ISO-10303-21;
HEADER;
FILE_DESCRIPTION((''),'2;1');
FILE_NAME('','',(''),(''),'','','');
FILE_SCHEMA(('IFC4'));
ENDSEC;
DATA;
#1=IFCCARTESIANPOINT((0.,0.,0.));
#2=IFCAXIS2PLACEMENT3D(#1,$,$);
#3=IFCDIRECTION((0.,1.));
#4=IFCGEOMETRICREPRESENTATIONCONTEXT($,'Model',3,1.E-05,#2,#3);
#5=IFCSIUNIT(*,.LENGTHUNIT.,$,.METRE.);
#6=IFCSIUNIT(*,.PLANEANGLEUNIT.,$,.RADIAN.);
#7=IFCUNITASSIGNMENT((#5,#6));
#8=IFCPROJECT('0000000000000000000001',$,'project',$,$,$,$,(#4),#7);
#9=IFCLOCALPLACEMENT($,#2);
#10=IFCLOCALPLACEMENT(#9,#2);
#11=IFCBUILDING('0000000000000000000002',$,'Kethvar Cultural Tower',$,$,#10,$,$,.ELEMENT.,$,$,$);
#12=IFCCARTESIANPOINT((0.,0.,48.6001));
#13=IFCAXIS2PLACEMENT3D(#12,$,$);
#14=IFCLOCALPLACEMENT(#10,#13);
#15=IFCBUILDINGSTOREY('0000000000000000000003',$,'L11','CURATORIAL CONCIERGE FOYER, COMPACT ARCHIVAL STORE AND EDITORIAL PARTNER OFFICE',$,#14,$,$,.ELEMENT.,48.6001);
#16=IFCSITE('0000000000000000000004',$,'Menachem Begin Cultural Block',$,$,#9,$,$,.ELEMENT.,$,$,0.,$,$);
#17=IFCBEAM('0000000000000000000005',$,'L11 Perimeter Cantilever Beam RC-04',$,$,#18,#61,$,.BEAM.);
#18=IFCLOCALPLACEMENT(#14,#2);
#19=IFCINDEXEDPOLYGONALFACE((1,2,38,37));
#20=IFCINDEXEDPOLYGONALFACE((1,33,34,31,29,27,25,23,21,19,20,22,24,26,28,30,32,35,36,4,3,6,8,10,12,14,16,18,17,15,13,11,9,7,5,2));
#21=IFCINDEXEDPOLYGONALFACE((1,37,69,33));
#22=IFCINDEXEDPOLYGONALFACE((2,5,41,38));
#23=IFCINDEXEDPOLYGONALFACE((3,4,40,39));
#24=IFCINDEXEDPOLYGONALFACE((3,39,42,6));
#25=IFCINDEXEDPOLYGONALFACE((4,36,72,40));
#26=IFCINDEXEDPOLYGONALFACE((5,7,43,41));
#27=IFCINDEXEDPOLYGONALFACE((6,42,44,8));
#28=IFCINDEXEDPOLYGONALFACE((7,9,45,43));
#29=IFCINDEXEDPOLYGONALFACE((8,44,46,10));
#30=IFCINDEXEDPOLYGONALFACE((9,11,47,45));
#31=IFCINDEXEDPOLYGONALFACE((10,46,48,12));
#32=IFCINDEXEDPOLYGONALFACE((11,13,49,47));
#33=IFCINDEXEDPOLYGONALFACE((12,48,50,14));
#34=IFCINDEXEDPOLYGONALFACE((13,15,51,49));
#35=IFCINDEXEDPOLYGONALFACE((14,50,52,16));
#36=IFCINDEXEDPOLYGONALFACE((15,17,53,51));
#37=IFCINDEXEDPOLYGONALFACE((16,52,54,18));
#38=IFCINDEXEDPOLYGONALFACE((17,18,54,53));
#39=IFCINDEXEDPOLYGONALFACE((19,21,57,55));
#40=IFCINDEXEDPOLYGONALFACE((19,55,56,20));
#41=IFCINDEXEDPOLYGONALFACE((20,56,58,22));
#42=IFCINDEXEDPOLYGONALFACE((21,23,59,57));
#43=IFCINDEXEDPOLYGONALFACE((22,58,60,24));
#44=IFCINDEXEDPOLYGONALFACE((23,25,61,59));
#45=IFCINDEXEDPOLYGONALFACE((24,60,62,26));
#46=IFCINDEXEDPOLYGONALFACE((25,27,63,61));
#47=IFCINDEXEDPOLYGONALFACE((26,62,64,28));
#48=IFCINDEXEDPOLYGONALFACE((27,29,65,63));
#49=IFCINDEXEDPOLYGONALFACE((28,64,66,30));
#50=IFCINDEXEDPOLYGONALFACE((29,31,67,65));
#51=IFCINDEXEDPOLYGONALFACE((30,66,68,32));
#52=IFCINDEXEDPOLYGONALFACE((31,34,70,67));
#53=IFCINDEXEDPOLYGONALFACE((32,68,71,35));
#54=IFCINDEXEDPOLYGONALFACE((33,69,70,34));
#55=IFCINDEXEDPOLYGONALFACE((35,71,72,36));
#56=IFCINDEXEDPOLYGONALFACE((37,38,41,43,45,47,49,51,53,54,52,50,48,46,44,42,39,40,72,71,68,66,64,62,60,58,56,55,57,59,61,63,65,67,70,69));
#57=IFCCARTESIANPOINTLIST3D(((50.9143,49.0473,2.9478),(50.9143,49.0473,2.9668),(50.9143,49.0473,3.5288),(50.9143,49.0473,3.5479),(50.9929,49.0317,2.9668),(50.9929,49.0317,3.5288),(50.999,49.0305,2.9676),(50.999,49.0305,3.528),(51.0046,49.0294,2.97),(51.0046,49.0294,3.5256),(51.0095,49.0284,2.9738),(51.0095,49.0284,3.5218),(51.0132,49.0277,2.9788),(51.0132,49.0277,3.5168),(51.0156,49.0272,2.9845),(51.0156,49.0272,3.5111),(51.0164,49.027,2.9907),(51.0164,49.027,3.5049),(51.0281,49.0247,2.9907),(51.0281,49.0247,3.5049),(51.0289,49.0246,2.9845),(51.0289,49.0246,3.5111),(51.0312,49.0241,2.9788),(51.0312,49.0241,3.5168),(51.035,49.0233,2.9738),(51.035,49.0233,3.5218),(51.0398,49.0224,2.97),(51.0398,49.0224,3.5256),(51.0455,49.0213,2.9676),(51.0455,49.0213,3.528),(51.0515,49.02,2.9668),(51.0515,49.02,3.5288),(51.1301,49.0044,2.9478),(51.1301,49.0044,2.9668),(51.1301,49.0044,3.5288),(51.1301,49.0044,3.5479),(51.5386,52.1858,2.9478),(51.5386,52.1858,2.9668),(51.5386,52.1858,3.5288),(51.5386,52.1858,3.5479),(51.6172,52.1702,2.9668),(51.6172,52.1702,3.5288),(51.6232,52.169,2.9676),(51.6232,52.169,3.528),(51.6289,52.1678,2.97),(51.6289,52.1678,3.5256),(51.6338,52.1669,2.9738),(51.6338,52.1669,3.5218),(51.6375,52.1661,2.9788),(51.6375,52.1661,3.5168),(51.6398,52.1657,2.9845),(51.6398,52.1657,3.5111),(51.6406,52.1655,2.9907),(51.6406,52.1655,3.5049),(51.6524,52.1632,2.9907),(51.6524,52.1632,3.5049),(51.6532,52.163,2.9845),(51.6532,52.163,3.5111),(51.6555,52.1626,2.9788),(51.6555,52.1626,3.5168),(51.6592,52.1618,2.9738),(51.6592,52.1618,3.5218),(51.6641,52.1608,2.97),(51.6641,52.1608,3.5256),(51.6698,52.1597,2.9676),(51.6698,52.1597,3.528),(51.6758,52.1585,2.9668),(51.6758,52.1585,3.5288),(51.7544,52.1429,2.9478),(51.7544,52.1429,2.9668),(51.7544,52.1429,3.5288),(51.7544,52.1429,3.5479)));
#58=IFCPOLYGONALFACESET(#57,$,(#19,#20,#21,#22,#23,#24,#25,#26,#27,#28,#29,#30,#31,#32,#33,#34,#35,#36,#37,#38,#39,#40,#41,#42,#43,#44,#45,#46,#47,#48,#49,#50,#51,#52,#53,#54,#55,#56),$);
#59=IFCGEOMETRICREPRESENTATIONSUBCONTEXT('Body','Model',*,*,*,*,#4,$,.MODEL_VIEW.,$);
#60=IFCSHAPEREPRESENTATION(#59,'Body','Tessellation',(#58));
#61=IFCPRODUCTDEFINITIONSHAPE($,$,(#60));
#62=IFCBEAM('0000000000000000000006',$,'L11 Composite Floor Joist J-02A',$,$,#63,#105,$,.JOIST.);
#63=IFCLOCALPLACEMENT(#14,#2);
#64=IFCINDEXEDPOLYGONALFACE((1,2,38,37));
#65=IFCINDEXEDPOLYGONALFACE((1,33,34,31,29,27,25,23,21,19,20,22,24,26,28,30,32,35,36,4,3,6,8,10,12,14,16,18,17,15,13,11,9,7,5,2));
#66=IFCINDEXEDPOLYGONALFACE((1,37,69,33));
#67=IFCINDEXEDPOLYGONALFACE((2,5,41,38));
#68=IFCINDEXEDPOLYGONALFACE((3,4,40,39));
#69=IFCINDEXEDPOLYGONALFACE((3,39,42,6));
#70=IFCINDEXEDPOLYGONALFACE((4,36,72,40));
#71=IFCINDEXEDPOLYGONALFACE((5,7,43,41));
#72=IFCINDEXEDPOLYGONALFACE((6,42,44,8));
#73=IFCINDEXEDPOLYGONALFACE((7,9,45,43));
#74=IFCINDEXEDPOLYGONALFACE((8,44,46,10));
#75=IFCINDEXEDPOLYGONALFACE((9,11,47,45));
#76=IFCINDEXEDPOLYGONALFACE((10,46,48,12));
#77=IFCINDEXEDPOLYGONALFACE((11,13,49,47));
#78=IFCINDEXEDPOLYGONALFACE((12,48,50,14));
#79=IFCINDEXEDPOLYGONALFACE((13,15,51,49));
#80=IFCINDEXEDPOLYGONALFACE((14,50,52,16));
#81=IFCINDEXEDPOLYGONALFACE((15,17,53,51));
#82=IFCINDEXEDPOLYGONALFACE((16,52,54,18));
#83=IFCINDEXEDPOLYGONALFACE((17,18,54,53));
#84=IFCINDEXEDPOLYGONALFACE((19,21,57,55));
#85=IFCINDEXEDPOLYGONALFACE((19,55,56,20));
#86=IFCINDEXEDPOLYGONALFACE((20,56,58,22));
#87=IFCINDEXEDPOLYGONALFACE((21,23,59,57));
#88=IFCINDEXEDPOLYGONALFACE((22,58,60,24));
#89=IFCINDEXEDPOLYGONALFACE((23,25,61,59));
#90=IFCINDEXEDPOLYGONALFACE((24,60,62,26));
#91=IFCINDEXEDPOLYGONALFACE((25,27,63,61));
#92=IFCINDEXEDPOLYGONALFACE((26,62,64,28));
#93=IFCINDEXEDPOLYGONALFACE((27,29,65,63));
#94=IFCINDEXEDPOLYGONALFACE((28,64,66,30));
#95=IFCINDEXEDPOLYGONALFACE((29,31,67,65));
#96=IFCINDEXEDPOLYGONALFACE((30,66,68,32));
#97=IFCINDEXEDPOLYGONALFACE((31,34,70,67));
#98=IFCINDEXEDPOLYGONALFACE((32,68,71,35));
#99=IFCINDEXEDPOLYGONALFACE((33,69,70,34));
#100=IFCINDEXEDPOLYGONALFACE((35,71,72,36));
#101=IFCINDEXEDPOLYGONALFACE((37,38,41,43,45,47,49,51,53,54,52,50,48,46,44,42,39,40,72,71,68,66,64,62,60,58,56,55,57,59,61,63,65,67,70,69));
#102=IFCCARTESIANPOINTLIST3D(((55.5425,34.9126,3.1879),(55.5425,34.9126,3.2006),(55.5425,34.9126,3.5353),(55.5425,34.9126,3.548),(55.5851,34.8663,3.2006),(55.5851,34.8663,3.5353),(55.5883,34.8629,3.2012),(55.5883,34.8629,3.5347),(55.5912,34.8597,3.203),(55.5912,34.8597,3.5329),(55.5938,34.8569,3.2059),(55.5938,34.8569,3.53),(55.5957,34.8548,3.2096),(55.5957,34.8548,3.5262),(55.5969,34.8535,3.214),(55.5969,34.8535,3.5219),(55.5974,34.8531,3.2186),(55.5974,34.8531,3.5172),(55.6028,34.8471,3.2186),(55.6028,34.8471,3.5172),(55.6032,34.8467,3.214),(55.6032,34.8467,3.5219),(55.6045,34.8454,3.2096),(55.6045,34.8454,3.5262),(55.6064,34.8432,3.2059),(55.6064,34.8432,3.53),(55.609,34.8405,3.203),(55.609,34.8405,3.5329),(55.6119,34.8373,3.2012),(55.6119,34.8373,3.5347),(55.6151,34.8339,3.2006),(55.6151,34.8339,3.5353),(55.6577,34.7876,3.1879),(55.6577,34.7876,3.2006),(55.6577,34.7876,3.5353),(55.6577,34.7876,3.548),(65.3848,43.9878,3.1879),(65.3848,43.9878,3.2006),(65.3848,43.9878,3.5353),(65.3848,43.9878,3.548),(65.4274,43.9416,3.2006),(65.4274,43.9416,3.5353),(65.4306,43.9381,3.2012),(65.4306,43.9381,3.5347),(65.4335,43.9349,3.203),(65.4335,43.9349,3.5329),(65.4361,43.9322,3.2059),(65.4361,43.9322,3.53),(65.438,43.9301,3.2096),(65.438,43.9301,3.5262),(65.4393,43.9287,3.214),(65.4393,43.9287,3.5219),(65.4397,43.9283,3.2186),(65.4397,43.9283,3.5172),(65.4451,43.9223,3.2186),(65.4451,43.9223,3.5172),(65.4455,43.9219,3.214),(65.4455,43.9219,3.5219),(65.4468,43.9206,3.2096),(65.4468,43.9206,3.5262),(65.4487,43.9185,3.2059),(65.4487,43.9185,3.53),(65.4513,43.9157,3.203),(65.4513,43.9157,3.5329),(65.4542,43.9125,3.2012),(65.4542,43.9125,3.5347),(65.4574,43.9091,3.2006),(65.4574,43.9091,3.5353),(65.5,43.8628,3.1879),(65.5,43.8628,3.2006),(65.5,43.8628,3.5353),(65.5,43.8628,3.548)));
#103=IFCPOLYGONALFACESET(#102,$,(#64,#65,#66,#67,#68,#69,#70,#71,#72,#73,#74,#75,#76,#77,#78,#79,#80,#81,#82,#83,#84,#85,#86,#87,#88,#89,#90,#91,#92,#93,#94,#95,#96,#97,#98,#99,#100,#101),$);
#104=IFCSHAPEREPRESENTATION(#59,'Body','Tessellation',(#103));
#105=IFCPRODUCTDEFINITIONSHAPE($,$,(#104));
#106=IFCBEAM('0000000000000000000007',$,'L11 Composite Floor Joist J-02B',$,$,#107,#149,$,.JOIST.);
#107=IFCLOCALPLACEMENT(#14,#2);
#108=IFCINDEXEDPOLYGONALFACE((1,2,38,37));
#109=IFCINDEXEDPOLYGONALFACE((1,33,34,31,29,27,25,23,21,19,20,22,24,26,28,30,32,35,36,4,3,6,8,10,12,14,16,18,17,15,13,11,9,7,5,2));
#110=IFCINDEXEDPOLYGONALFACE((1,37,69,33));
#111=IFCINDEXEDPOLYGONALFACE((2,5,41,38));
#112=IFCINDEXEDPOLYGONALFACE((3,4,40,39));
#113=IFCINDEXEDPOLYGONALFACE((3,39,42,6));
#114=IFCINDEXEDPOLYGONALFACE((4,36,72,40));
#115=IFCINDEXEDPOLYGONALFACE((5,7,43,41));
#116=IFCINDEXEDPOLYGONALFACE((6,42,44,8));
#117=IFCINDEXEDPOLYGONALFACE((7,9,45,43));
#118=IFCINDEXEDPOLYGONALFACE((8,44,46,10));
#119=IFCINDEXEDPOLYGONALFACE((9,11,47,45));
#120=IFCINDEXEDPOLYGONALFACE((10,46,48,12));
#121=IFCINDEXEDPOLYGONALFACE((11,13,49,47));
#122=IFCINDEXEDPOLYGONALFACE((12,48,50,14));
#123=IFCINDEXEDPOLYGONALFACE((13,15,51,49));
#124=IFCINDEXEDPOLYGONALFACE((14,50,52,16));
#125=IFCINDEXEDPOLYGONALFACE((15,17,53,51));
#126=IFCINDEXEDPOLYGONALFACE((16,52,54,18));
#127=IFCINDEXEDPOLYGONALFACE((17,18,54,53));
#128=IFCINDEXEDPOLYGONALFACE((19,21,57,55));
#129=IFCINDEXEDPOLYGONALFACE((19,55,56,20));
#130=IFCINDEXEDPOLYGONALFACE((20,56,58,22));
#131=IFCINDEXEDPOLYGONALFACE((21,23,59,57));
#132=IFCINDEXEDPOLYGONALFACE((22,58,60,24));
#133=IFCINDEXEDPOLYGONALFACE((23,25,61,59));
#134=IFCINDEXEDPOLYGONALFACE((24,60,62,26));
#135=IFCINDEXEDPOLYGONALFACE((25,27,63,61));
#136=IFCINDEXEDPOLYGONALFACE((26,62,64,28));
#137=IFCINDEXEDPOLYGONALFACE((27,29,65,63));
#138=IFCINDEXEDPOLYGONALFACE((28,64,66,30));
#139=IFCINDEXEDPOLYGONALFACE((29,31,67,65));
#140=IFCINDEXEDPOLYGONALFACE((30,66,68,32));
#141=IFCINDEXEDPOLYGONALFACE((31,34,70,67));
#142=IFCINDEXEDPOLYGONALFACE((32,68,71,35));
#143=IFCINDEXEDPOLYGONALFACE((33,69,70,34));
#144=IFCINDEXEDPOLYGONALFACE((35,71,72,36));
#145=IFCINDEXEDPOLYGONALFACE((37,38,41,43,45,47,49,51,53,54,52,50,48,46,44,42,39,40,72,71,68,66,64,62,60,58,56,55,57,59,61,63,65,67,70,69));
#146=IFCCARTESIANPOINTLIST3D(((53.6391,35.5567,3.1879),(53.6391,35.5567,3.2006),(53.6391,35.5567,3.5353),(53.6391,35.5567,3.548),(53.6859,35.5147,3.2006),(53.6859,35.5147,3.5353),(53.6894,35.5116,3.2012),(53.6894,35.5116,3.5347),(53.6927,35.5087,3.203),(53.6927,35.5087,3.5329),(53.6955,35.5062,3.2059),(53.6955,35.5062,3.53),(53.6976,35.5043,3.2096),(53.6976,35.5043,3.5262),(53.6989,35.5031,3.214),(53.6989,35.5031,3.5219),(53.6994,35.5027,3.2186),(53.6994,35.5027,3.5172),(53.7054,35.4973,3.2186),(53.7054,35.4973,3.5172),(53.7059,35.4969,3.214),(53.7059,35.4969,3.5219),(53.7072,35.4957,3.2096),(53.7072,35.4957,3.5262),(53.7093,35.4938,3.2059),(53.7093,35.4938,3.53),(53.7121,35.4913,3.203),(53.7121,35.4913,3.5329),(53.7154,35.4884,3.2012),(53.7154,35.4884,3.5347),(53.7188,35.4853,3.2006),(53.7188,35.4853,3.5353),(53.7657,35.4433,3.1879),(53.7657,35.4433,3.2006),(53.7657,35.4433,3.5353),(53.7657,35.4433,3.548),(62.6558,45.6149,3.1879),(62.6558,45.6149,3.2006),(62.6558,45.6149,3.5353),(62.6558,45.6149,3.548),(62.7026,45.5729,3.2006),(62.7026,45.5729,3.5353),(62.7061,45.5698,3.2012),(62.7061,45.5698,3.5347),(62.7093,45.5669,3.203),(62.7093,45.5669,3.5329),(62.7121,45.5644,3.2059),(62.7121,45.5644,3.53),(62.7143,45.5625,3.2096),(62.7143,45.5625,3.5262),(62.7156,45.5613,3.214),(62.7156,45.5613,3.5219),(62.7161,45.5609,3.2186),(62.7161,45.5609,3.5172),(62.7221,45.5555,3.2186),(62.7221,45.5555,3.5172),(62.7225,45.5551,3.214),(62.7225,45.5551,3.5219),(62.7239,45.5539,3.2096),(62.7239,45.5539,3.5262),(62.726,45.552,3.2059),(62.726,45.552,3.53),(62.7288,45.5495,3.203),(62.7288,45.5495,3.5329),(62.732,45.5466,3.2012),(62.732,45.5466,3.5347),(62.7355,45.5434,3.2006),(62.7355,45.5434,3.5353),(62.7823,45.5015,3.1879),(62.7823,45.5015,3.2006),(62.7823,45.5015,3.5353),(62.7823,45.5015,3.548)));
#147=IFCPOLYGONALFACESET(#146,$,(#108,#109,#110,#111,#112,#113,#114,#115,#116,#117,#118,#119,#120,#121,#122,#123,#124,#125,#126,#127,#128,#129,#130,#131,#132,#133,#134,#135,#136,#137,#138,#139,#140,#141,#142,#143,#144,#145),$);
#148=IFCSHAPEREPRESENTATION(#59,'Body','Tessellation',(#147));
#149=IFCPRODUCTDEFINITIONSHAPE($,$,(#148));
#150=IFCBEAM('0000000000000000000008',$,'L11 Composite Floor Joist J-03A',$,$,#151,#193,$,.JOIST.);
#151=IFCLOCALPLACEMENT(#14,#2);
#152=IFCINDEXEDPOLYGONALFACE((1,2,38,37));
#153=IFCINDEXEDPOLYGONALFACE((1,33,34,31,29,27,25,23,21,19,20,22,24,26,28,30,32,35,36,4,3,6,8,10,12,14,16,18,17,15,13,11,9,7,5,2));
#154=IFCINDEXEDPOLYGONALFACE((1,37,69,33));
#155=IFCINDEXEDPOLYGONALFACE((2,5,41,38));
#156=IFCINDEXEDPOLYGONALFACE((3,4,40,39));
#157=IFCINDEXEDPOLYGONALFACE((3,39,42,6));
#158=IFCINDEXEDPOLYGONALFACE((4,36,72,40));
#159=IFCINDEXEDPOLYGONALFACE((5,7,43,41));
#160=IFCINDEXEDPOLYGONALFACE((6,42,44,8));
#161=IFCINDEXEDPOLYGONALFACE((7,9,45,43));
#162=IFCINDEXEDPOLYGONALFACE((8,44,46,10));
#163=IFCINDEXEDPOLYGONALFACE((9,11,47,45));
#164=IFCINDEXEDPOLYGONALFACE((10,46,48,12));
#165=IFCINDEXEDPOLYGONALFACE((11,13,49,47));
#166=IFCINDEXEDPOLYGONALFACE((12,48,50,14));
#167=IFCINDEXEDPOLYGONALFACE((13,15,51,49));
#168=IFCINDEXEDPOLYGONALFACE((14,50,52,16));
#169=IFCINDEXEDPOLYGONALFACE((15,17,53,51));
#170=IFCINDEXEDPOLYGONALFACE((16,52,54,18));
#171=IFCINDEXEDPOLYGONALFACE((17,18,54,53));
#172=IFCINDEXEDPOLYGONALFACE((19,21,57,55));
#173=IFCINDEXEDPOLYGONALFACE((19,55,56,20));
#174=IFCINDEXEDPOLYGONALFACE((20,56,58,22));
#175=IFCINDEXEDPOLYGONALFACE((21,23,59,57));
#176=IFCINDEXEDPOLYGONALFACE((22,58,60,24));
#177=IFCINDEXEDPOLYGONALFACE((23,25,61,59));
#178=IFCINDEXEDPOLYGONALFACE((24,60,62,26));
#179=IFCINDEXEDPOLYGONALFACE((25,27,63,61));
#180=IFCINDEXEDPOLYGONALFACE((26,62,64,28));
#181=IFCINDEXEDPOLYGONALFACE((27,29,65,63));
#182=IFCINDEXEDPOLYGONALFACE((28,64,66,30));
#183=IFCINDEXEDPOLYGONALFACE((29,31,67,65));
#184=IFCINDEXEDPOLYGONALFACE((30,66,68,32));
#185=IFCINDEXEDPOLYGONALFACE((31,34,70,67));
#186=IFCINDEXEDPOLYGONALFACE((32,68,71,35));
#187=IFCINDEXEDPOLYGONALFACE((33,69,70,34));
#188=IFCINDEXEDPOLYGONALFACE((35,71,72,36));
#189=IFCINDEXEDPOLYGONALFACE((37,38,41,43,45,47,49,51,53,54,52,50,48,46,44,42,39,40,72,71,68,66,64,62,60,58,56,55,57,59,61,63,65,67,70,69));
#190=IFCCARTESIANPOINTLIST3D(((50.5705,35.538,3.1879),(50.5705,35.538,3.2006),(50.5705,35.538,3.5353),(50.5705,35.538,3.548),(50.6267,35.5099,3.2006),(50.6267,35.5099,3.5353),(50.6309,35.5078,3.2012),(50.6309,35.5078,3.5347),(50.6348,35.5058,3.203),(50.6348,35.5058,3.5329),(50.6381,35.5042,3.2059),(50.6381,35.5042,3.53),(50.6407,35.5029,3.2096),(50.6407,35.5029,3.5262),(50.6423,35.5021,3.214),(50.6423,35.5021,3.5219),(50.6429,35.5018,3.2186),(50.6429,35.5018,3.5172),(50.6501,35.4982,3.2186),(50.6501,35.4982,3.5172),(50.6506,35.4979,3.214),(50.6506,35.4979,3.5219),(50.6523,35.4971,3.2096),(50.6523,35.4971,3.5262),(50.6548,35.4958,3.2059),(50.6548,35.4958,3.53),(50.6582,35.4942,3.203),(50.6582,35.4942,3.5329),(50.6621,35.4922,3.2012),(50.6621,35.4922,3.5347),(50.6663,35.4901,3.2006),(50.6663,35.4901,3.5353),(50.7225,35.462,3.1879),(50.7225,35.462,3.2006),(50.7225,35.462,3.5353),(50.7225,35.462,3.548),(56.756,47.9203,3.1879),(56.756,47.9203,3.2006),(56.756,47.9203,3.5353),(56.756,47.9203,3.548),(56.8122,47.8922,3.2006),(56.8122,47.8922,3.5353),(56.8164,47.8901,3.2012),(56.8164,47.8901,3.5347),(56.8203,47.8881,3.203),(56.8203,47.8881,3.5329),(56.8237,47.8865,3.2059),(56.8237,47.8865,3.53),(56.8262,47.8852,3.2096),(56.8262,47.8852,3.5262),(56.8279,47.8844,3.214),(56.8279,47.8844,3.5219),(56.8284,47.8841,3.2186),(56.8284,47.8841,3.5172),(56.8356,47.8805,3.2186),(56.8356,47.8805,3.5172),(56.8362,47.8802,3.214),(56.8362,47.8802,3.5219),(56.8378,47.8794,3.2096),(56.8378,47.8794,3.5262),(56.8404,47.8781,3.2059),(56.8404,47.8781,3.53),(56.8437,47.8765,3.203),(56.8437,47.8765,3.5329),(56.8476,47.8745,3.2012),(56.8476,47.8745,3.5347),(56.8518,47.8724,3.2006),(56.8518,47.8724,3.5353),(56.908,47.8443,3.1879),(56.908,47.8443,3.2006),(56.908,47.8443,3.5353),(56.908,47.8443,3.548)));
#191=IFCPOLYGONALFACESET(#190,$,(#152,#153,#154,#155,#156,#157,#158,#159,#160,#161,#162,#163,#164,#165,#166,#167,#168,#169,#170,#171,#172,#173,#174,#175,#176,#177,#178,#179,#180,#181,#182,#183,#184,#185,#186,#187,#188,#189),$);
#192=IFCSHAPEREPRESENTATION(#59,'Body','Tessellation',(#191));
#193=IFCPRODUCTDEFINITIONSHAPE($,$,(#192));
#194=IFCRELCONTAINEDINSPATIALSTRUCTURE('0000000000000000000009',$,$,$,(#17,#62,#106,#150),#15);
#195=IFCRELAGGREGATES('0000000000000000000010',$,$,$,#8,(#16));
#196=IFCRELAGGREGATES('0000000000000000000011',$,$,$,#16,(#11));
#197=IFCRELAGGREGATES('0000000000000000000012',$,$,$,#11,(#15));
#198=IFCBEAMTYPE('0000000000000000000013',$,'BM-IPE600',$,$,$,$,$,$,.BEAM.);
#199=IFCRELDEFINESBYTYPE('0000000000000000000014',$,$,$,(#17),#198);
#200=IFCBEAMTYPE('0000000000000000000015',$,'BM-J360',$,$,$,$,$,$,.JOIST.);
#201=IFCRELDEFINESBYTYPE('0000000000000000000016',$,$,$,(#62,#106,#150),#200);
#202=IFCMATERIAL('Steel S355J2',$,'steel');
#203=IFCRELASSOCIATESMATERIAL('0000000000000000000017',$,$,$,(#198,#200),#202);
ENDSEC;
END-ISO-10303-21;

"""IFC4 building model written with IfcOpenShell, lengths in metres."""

from ifc_helpers import new_model, si_unit, direction, frame, origin, origin_2d, place, context, subcontext, project, spatial, i_section, extrude, source, transform, mapped, material, material_profile, profile_set, type_object, element, save


model = new_model("IFC4")

# Units and contexts
model_context = context("Model", 3, precision=1e-05, world=origin(), true_north=direction((0.0, 1.0)))
body_context = subcontext(model_context, "Body", "Model", "MODEL_VIEW")
ifc_project = project(units=[si_unit("LENGTHUNIT", "METRE"), si_unit("PLANEANGLEUNIT", "RADIAN")], contexts=[model_context])

# Site, building, storey
site_placement = place(None, origin())
site = spatial("IfcSite", under=ifc_project, at=site_placement, Name="Menachem Begin Cultural Block", CompositionType="ELEMENT", RefElevation=0.0)
building_placement = place(site_placement, origin())
building = spatial("IfcBuilding", under=site, at=building_placement, Name="Kethvar Cultural Tower", CompositionType="ELEMENT")
storey_placement = place(building_placement, frame((0.0, 0.0, 48.6001)))
storey = spatial("IfcBuildingStorey", under=building, at=storey_placement, Name="L11", Description="CURATORIAL CONCIERGE FOYER, COMPACT ARCHIVAL STORE AND EDITORIAL PARTNER OFFICE", CompositionType="ELEMENT", Elevation=48.6001)

# Beams
ifc_material_1 = material(Name="Steel S355J2", Category="steel")
ifc_material_profile_1 = material_profile(ifc_material_1, i_section(OverallWidth=0.22, OverallDepth=0.6001, WebThickness=0.012, FlangeThickness=0.019, FilletRadius=0.0239, at=origin_2d()), Name="Steel S355J2 — IPE600")
ifc_profile_set_1 = profile_set([ifc_material_profile_1], Name="Steel S355J2 — IPE600")
beam_type_1 = type_object("IfcBeamType", Name="BM-IPE600", PredefinedType="BEAM", material=ifc_profile_set_1)
shared_shape_1 = source(origin(), body_context, "Body", "SweptSolid", [
    extrude(i_section(OverallWidth=0.22, OverallDepth=0.6001, WebThickness=0.012, FlangeThickness=0.019, FilletRadius=0.0239, at=origin_2d()), origin(), (0.0, 0.0, 1.0), 3.2),
])
beam_1_placement = place(storey_placement, frame((51.0222, 49.0259, 3.2478), z_axis=(0.195089, 0.980786, 0.0), x_axis=(-0.980786, 0.195089, 0.0)))
element("IfcBeam", 1, at=beam_1_placement, inside=storey, type_object=beam_type_1, Name="L11 Perimeter Cantilever Beam RC-04", PredefinedType="BEAM", context=body_context, shape_type="MappedRepresentation", body=[
    mapped(shared_shape_1, transform((0.0, 0.0, 0.0), scale=1.0)),
])
ifc_material_profile_2 = material_profile(ifc_material_1, i_section(OverallWidth=0.1699, OverallDepth=0.3601, WebThickness=0.0081, FlangeThickness=0.0127, FilletRadius=0.0181, at=origin_2d()), Name="Steel S355J2 — IPE360")
ifc_profile_set_2 = profile_set([ifc_material_profile_2], Name="Steel S355J2 — IPE360")
beam_type_2 = type_object("IfcBeamType", Name="BM-J360", PredefinedType="JOIST", material=ifc_profile_set_2)
shared_shape_2 = source(origin(), body_context, "Body", "SweptSolid", [
    extrude(i_section(OverallWidth=0.1699, OverallDepth=0.3601, WebThickness=0.0081, FlangeThickness=0.0127, FilletRadius=0.0181, at=origin_2d()), origin(), (0.0, 0.0, 1.0), 13.3877),
])
beam_2_placement = place(storey_placement, frame((55.6001, 34.8501, 3.3679), z_axis=(0.735175, 0.677877, 0.0), x_axis=(-0.677877, 0.735175, 0.0)))
element("IfcBeam", 2, at=beam_2_placement, inside=storey, type_object=beam_type_2, Name="L11 Composite Floor Joist J-02A", PredefinedType="JOIST", context=body_context, shape_type="MappedRepresentation", body=[
    mapped(shared_shape_2, transform((0.0, 0.0, 0.0), scale=1.0)),
])
shared_shape_3 = source(origin(), body_context, "Body", "SweptSolid", [
    extrude(i_section(OverallWidth=0.1699, OverallDepth=0.3601, WebThickness=0.0081, FlangeThickness=0.0127, FilletRadius=0.0181, at=origin_2d()), origin(), (0.0, 0.0, 1.0), 13.5081),
])
beam_3_placement = place(storey_placement, frame((53.7024, 35.5, 3.3679), z_axis=(0.667504, 0.744607, 0.0), x_axis=(-0.744607, 0.667504, 0.0)))
element("IfcBeam", 3, at=beam_3_placement, inside=storey, type_object=beam_type_2, Name="L11 Composite Floor Joist J-02B", PredefinedType="JOIST", context=body_context, shape_type="MappedRepresentation", body=[
    mapped(shared_shape_3, transform((0.0, 0.0, 0.0), scale=1.0)),
])
shared_shape_4 = source(origin(), body_context, "Body", "SweptSolid", [
    extrude(i_section(OverallWidth=0.1699, OverallDepth=0.3601, WebThickness=0.0081, FlangeThickness=0.0127, FilletRadius=0.0181, at=origin_2d()), origin(), (0.0, 0.0, 1.0), 13.8413),
])
beam_4_placement = place(storey_placement, frame((50.6465, 35.5, 3.3679), z_axis=(0.446889, 0.894589, 0.0), x_axis=(-0.894589, 0.446889, 0.0)))
element("IfcBeam", 4, at=beam_4_placement, inside=storey, type_object=beam_type_2, Name="L11 Composite Floor Joist J-03A", PredefinedType="JOIST", context=body_context, shape_type="MappedRepresentation", body=[
    mapped(shared_shape_4, transform((0.0, 0.0, 0.0), scale=1.0)),
])

save(model, "model.ifc")
